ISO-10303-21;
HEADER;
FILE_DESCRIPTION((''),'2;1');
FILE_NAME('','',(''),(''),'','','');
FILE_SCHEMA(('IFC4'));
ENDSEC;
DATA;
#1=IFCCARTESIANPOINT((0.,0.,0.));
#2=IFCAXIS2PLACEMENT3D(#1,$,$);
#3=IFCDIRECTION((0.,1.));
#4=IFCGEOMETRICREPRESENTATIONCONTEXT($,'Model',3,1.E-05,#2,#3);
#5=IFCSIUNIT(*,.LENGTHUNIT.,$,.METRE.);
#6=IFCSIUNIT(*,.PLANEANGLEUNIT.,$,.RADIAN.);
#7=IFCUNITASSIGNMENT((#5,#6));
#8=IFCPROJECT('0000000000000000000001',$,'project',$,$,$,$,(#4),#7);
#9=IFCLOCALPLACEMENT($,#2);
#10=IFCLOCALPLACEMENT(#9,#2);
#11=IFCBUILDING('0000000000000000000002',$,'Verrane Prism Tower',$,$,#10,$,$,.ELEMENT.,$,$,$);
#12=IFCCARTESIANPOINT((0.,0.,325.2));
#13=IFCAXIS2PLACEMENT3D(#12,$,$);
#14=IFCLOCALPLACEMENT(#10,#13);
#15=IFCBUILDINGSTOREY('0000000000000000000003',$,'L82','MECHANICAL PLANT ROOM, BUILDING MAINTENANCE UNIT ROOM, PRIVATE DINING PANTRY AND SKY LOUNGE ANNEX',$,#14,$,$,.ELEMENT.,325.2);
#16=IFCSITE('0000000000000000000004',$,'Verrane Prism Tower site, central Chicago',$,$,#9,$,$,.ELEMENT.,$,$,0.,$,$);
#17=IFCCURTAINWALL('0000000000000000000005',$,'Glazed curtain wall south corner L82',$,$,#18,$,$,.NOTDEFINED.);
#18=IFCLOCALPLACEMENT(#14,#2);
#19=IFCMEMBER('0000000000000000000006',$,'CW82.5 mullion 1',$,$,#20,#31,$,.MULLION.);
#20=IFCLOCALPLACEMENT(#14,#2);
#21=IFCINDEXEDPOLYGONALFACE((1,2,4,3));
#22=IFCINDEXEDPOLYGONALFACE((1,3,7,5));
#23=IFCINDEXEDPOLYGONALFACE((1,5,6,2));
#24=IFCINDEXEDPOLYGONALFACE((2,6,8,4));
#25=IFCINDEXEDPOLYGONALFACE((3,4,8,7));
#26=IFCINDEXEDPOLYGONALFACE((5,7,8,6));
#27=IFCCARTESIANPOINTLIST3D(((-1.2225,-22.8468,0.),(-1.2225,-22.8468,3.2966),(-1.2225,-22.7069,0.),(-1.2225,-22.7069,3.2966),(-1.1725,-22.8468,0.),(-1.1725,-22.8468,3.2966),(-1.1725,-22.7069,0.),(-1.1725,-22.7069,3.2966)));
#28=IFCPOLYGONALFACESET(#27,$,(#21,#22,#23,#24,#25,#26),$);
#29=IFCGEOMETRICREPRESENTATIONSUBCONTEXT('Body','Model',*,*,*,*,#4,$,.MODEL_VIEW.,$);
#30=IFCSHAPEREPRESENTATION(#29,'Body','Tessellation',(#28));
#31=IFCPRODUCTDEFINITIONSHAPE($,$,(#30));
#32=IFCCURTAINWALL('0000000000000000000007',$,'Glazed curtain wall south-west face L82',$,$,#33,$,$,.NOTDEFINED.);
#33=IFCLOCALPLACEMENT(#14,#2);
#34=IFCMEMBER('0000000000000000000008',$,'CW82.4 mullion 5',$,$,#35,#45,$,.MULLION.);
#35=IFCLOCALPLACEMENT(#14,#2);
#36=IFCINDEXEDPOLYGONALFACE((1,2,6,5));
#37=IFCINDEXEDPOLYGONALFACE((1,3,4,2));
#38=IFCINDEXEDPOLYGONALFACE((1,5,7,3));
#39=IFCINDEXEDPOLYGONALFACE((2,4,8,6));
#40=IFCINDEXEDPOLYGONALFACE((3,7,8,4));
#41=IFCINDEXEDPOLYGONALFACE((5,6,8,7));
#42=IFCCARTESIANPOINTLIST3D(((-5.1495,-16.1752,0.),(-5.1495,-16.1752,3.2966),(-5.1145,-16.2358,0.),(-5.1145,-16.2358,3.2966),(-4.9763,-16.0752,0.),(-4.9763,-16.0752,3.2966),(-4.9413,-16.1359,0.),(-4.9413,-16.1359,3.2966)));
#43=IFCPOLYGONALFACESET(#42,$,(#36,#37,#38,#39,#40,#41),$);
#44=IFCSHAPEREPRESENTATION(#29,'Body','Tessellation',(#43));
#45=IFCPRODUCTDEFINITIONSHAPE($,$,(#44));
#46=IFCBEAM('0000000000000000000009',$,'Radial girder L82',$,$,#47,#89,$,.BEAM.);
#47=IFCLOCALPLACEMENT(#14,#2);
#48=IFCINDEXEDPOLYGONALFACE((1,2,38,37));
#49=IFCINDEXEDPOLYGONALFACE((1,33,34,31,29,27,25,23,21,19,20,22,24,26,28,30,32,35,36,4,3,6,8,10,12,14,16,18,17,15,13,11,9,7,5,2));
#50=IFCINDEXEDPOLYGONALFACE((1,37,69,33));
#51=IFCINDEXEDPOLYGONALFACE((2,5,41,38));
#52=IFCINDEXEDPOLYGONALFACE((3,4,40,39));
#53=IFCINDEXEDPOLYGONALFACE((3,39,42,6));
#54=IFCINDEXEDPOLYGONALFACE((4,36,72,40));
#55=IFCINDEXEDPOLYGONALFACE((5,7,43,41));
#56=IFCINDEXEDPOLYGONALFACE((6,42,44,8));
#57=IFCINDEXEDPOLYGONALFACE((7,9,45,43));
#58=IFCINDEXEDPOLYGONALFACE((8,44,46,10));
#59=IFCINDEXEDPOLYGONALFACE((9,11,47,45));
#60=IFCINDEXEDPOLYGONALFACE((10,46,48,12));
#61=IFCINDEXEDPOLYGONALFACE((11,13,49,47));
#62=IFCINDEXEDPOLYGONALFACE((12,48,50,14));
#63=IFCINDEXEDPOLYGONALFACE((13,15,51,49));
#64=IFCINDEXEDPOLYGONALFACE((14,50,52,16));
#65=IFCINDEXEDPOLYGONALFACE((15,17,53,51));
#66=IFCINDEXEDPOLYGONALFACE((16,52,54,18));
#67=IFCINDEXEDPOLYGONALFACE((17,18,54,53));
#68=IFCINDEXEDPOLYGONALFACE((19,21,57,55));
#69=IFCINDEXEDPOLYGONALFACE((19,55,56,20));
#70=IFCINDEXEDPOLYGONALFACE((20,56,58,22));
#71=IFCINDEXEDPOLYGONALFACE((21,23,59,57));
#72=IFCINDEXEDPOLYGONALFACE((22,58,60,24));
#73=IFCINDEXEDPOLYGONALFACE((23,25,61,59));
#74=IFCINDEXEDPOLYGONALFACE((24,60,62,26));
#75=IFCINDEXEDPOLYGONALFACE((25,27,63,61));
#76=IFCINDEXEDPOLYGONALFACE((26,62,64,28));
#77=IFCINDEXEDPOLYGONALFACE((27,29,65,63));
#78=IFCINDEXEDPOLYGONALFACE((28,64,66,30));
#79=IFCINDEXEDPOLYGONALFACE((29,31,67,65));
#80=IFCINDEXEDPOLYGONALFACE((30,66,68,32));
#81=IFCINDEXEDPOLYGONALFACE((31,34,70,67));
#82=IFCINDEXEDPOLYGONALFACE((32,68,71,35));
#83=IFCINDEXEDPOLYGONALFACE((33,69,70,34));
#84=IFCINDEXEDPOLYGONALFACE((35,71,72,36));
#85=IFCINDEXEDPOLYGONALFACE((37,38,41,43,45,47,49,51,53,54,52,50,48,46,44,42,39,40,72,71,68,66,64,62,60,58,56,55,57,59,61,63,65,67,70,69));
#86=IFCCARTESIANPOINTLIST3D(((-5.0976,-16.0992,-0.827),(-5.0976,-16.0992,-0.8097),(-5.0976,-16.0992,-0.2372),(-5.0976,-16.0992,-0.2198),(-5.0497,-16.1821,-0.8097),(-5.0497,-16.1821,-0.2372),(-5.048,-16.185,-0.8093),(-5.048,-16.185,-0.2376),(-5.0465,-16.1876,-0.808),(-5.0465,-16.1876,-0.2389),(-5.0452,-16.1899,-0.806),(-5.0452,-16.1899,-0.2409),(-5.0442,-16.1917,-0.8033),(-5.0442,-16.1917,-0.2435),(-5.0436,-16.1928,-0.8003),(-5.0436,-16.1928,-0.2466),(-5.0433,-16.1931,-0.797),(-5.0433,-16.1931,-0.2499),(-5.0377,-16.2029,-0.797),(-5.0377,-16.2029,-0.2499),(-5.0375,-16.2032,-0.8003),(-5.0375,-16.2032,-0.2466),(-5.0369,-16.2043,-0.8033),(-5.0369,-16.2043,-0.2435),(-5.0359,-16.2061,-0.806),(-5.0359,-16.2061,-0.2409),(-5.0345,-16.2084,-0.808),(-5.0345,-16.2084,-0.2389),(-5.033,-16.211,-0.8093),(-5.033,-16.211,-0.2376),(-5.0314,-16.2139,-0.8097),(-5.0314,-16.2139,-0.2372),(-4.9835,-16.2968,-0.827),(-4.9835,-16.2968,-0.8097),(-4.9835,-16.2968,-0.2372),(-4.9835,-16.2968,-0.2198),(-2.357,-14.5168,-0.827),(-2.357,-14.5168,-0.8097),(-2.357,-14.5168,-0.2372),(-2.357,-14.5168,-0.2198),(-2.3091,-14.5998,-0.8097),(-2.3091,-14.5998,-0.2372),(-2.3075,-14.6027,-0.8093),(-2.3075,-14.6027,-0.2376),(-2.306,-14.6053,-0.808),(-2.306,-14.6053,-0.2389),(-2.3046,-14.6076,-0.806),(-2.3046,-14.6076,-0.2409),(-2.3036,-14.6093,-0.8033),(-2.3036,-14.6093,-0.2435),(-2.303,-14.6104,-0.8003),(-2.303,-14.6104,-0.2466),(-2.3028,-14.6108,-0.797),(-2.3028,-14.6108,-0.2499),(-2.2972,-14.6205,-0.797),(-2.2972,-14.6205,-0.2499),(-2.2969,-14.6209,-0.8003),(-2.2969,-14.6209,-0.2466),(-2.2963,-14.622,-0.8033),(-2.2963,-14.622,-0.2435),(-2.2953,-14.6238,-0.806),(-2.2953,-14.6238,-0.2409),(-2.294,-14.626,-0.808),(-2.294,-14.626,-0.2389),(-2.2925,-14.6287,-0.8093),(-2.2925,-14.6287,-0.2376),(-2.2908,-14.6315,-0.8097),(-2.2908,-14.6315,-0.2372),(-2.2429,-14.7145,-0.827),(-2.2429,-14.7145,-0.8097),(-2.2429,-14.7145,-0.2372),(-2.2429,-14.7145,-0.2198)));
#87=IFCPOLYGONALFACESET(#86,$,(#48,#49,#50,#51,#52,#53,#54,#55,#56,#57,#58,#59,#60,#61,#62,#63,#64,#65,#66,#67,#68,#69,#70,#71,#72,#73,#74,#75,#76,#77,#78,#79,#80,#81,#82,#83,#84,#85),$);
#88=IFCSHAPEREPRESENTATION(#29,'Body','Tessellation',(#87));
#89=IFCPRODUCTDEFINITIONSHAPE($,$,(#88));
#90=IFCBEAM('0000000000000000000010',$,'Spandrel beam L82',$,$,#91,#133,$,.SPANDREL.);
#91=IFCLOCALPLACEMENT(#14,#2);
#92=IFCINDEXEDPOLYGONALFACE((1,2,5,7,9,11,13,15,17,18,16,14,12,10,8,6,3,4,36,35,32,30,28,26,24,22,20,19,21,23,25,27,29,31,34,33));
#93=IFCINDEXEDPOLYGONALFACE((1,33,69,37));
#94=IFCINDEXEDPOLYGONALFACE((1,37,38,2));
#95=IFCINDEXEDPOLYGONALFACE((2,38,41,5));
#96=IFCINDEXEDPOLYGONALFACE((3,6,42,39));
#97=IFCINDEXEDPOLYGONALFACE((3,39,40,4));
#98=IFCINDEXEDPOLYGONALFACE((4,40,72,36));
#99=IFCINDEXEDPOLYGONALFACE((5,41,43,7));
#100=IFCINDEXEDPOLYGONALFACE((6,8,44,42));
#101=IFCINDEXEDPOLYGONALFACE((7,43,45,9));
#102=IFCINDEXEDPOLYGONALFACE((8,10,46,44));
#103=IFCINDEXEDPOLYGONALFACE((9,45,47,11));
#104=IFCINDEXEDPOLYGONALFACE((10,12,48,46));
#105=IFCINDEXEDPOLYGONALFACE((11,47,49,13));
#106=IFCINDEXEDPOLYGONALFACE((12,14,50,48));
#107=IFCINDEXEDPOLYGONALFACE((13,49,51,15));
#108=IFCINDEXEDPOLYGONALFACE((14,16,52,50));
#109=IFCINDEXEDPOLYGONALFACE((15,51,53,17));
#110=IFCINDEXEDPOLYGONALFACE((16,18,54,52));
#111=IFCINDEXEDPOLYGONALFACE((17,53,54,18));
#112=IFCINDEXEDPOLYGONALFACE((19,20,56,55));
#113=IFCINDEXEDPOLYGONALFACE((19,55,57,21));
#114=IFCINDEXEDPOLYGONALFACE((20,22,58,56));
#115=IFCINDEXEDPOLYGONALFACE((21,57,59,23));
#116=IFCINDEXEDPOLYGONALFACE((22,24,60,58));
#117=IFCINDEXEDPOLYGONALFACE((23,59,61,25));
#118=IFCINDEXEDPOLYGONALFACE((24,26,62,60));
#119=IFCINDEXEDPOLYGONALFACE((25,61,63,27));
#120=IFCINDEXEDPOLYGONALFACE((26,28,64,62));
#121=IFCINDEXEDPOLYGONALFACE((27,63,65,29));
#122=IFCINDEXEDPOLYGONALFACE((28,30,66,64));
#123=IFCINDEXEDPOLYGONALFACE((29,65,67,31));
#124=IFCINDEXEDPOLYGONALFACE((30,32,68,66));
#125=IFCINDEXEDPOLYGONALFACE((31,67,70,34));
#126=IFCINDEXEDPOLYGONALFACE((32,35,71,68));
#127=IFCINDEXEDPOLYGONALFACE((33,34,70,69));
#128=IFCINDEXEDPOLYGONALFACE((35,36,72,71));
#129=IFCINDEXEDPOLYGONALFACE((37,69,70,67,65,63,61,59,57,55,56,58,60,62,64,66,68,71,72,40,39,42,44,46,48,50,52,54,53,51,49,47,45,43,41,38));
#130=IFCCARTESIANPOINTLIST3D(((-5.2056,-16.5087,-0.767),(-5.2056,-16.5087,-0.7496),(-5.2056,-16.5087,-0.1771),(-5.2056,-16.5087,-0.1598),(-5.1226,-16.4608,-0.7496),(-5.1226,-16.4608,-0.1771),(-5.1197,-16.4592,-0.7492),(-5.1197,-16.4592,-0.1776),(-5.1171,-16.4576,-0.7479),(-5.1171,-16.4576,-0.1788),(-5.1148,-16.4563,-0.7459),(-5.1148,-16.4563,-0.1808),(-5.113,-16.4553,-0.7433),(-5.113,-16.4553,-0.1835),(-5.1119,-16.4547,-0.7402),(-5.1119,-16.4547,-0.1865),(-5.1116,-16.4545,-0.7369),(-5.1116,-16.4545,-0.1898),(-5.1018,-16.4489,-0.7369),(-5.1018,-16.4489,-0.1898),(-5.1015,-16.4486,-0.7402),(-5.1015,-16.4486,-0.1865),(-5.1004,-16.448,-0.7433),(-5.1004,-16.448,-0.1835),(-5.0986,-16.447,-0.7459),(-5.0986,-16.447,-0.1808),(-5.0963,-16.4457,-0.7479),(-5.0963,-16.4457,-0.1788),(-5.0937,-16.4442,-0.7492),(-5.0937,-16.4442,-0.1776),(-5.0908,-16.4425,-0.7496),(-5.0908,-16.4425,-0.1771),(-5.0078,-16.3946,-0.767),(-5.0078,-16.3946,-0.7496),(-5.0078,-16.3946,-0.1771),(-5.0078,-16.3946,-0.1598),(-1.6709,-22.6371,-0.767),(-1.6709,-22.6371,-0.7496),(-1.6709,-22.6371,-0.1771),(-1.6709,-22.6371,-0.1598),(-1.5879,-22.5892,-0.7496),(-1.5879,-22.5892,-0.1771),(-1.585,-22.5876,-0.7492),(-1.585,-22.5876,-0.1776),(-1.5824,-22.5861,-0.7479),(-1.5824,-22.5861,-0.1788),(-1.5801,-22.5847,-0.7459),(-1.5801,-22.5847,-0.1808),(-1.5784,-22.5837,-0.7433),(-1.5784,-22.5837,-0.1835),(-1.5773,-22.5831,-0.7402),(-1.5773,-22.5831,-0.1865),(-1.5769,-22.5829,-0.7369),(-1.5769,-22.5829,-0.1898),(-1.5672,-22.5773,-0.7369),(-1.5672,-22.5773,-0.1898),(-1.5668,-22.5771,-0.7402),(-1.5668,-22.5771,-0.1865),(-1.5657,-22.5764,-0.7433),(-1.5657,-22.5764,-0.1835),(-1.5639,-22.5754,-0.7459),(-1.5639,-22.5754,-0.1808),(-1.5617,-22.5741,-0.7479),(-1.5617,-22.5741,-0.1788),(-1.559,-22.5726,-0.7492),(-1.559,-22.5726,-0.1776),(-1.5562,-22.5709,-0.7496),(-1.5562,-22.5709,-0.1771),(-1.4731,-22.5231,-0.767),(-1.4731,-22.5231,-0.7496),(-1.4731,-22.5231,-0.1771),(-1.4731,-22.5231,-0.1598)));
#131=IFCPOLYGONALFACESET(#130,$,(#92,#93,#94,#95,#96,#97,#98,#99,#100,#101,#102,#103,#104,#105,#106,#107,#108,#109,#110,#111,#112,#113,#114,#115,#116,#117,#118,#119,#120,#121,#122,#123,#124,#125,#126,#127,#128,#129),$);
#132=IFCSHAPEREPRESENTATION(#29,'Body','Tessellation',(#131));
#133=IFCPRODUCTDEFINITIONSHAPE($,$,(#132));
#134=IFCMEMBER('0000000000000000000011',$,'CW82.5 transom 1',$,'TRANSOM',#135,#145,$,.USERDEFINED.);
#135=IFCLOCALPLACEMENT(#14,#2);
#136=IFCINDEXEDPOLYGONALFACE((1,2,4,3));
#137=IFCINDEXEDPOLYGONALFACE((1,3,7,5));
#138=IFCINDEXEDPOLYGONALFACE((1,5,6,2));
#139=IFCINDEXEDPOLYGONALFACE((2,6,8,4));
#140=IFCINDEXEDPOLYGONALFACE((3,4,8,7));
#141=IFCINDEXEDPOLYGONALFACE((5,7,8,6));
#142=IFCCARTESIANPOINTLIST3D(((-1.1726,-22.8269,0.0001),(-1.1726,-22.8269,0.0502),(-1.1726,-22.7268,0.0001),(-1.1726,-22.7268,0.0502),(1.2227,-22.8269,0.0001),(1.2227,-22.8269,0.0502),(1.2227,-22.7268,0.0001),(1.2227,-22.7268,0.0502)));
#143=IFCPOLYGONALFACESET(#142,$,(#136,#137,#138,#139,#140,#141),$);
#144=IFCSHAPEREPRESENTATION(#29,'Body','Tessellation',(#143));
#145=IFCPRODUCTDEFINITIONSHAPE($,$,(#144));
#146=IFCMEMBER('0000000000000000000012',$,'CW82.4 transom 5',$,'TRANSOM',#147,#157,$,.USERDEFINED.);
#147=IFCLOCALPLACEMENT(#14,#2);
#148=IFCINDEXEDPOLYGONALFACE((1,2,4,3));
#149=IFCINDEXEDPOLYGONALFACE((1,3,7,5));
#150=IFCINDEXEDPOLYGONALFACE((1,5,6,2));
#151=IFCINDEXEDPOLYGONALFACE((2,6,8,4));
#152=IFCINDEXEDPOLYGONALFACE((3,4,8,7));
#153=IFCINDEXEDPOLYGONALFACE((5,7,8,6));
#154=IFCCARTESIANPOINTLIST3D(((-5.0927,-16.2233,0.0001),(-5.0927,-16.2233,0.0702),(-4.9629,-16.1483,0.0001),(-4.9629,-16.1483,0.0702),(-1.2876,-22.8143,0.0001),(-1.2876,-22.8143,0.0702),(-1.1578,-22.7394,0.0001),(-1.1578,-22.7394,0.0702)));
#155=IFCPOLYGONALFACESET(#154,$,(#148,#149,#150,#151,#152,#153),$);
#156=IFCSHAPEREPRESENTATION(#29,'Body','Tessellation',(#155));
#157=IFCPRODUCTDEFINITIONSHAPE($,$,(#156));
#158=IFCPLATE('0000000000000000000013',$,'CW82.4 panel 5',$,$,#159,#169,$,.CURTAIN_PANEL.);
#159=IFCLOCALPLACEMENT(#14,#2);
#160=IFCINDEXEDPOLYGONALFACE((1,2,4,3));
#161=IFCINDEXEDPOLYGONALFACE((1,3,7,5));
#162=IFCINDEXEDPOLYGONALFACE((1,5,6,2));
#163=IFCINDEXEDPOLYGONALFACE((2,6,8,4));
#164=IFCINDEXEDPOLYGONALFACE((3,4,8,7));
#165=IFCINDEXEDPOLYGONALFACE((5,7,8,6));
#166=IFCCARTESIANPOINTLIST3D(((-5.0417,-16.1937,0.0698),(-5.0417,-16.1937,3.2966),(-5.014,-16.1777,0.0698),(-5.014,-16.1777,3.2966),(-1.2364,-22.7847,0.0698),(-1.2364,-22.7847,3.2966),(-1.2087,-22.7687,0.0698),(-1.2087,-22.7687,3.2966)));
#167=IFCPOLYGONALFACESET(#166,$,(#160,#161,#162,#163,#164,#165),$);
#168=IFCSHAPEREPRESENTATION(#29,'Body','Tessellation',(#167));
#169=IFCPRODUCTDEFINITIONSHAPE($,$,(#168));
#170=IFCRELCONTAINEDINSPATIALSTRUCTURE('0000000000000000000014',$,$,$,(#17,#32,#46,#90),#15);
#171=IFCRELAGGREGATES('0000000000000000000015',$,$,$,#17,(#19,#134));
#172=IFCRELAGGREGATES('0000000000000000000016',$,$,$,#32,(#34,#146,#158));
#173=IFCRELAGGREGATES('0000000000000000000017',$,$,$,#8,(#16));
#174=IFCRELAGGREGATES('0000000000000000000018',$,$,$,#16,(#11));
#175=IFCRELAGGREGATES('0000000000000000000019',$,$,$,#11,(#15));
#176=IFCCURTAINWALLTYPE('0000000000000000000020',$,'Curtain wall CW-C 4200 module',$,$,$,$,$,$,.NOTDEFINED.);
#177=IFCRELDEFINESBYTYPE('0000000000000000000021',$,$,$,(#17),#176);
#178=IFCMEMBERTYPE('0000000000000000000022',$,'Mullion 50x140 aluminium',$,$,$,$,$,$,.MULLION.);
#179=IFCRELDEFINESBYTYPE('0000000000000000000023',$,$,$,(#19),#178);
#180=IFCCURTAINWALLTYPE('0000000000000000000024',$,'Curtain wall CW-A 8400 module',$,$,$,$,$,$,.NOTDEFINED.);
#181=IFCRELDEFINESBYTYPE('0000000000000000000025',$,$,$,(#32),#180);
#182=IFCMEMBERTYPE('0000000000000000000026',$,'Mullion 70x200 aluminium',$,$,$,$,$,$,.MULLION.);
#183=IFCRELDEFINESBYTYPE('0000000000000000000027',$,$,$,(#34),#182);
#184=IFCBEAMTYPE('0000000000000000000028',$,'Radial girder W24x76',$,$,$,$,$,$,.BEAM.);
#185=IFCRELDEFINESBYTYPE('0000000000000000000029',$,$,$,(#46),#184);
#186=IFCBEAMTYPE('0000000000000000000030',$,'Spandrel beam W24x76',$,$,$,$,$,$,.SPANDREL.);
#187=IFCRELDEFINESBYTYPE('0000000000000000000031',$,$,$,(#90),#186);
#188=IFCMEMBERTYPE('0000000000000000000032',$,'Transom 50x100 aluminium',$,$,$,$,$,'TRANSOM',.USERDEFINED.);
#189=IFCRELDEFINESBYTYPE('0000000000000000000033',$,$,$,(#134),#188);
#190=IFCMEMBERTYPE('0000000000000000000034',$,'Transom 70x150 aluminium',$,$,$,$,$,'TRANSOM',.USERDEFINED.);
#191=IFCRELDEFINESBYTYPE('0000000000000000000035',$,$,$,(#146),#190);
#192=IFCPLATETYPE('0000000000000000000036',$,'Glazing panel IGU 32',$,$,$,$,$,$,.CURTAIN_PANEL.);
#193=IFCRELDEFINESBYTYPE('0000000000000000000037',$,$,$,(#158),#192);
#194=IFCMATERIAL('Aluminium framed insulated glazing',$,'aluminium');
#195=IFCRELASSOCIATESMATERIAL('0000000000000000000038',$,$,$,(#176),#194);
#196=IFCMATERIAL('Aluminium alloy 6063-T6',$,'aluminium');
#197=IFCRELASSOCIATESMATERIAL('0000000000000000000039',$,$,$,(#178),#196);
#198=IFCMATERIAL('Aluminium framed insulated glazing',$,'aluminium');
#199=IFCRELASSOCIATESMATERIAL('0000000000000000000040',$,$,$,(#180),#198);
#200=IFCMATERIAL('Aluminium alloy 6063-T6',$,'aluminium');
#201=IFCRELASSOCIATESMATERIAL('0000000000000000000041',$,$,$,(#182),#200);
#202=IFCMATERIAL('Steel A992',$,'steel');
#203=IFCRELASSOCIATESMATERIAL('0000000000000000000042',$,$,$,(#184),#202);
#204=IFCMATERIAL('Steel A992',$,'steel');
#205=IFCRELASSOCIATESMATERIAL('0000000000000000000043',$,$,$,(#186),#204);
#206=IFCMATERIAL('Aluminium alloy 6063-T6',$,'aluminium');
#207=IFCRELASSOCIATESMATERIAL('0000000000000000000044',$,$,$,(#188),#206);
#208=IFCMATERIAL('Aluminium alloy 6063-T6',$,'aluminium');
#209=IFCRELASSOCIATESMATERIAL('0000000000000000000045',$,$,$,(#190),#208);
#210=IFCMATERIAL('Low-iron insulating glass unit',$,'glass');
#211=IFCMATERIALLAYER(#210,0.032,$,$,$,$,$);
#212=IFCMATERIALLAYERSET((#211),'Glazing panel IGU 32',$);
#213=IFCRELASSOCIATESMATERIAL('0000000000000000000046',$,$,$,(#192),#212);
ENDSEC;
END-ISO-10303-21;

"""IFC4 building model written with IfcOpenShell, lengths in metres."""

from ifc_helpers import new_model, si_unit, direction, frame, origin, origin_2d, place, context, subcontext, project, spatial, rectangle, i_section, extrude, material, layer, layer_set, material_profile, profile_set, type_object, element, aggregate, save


model = new_model("IFC4")

# Units and contexts
model_context = context("Model", 3, precision=1e-05, world=origin(), true_north=direction((0.0, 1.0)))
body_context = subcontext(model_context, "Body", "Model", "MODEL_VIEW")
ifc_project = project(units=[si_unit("LENGTHUNIT", "METRE"), si_unit("PLANEANGLEUNIT", "RADIAN")], contexts=[model_context])

# Site, building, storey
site_placement = place(None, origin())
site = spatial("IfcSite", under=ifc_project, at=site_placement, Name="Verrane Prism Tower site, central Chicago", CompositionType="ELEMENT", RefElevation=0.0)
building_placement = place(site_placement, origin())
building = spatial("IfcBuilding", under=site, at=building_placement, Name="Verrane Prism Tower", CompositionType="ELEMENT")
storey_placement = place(building_placement, frame((0.0, 0.0, 325.2)))
storey = spatial("IfcBuildingStorey", under=building, at=storey_placement, Name="L82", Description="MECHANICAL PLANT ROOM, BUILDING MAINTENANCE UNIT ROOM, PRIVATE DINING PANTRY AND SKY LOUNGE ANNEX", CompositionType="ELEMENT", Elevation=325.2)

# Curtain walls, members
ifc_material_1 = material(Name="Aluminium framed insulated glazing", Category="aluminium")
curtain_wall_type_1 = type_object("IfcCurtainWallType", Name="Curtain wall CW-C 4200 module", PredefinedType="NOTDEFINED", material=ifc_material_1)
curtain_wall_1_placement = place(storey_placement, origin())
curtain_wall_1 = element("IfcCurtainWall", 1, at=curtain_wall_1_placement, inside=storey, type_object=curtain_wall_type_1, Name="Glazed curtain wall south corner L82", PredefinedType="NOTDEFINED")
ifc_material_2 = material(Name="Aluminium alloy 6063-T6", Category="aluminium")
ifc_material_profile_1 = material_profile(ifc_material_2, rectangle(XDim=0.1399, YDim=0.05, at=origin_2d()), Name="Mullion 50x140 aluminium")
ifc_profile_set_1 = profile_set([ifc_material_profile_1], Name="Aluminium alloy 6063-T6")
member_type_1 = type_object("IfcMemberType", Name="Mullion 50x140 aluminium", PredefinedType="MULLION", material=ifc_profile_set_1)
member_1_placement = place(storey_placement, frame((-1.1975, -22.7769, 0.0), z_axis=(0.0, 0.0, 1.0), x_axis=(0.0, 1.0, 0.0)))
member_1 = element("IfcMember", 2, at=member_1_placement, type_object=member_type_1, Name="CW82.5 mullion 1", PredefinedType="MULLION", context=body_context, shape_type="SweptSolid", body=[
    extrude(rectangle(XDim=0.1399, YDim=0.05, at=origin_2d()), origin(), (0.0, 0.0, 1.0), 3.2966),
])
ifc_material_3 = material(Name="Aluminium framed insulated glazing", Category="aluminium")
curtain_wall_type_2 = type_object("IfcCurtainWallType", Name="Curtain wall CW-A 8400 module", PredefinedType="NOTDEFINED", material=ifc_material_3)
curtain_wall_2_placement = place(storey_placement, origin())
curtain_wall_2 = element("IfcCurtainWall", 3, at=curtain_wall_2_placement, inside=storey, type_object=curtain_wall_type_2, Name="Glazed curtain wall south-west face L82", PredefinedType="NOTDEFINED")
ifc_material_4 = material(Name="Aluminium alloy 6063-T6", Category="aluminium")
ifc_material_profile_2 = material_profile(ifc_material_4, rectangle(XDim=0.2, YDim=0.0701, at=origin_2d()), Name="Mullion 70x200 aluminium")
ifc_profile_set_2 = profile_set([ifc_material_profile_2], Name="Aluminium alloy 6063-T6")
member_type_2 = type_object("IfcMemberType", Name="Mullion 70x200 aluminium", PredefinedType="MULLION", material=ifc_profile_set_2)
member_2_placement = place(storey_placement, frame((-5.0454, -16.1555, 0.0), z_axis=(0.0, 0.0, 1.0), x_axis=(0.866025, 0.5, 0.0)))
member_2 = element("IfcMember", 4, at=member_2_placement, type_object=member_type_2, Name="CW82.4 mullion 5", PredefinedType="MULLION", context=body_context, shape_type="SweptSolid", body=[
    extrude(rectangle(XDim=0.2, YDim=0.0701, at=origin_2d()), origin(), (0.0, 0.0, 1.0), 3.2966),
])

# Beams
ifc_material_5 = material(Name="Steel A992", Category="steel")
ifc_material_profile_3 = material_profile(ifc_material_5, i_section(OverallWidth=0.2283, OverallDepth=0.6072, WebThickness=0.0112, FlangeThickness=0.0173, FilletRadius=0.0127, at=origin_2d()), Name="W24x76")
ifc_profile_set_3 = profile_set([ifc_material_profile_3], Name="Steel A992")
beam_type_1 = type_object("IfcBeamType", Name="Radial girder W24x76", PredefinedType="BEAM", material=ifc_profile_set_3)
beam_1_placement = place(storey_placement, frame((-5.0405, -16.198, -0.5234), z_axis=(0.866017, 0.500014, 0.0), x_axis=(-0.500014, 0.866017, 0.0)))
element("IfcBeam", 5, at=beam_1_placement, inside=storey, type_object=beam_type_1, Name="Radial girder L82", PredefinedType="BEAM", context=body_context, shape_type="SweptSolid", body=[
    extrude(i_section(OverallWidth=0.2283, OverallDepth=0.6072, WebThickness=0.0112, FlangeThickness=0.0173, FilletRadius=0.0127, at=origin_2d()), origin(), (0.0, 0.0, 1.0), 3.1646),
])
ifc_material_6 = material(Name="Steel A992", Category="steel")
ifc_material_profile_4 = material_profile(ifc_material_6, i_section(OverallWidth=0.2283, OverallDepth=0.6072, WebThickness=0.0112, FlangeThickness=0.0173, FilletRadius=0.0127, at=origin_2d()), Name="W24x76")
ifc_profile_set_4 = profile_set([ifc_material_profile_4], Name="Steel A992")
beam_type_2 = type_object("IfcBeamType", Name="Spandrel beam W24x76", PredefinedType="SPANDREL", material=ifc_profile_set_4)
beam_2_placement = place(storey_placement, frame((-5.1067, -16.4517, -0.4634), z_axis=(0.499621, -0.866244, 0.0), x_axis=(0.866244, 0.499621, 0.0)))
element("IfcBeam", 6, at=beam_2_placement, inside=storey, type_object=beam_type_2, Name="Spandrel beam L82", PredefinedType="SPANDREL", context=body_context, shape_type="SweptSolid", body=[
    extrude(i_section(OverallWidth=0.2283, OverallDepth=0.6072, WebThickness=0.0112, FlangeThickness=0.0173, FilletRadius=0.0127, at=origin_2d()), origin(), (0.0, 0.0, 1.0), 7.0747),
])

# Members
ifc_material_7 = material(Name="Aluminium alloy 6063-T6", Category="aluminium")
ifc_material_profile_5 = material_profile(ifc_material_7, rectangle(XDim=0.1001, YDim=0.05, at=origin_2d()), Name="Transom 50x100 aluminium")
ifc_profile_set_5 = profile_set([ifc_material_profile_5], Name="Aluminium alloy 6063-T6")
member_type_3 = type_object("IfcMemberType", Name="Transom 50x100 aluminium", ElementType="TRANSOM", PredefinedType="USERDEFINED", material=ifc_profile_set_5)
member_3_placement = place(storey_placement, frame((-1.1726, -22.7769, 0.0251), z_axis=(1.0, 0.0, 0.0), x_axis=(0.0, 1.0, 0.0)))
member_3 = element("IfcMember", 7, at=member_3_placement, type_object=member_type_3, Name="CW82.5 transom 1", ObjectType="TRANSOM", PredefinedType="USERDEFINED", context=body_context, shape_type="SweptSolid", body=[
    extrude(rectangle(XDim=0.1001, YDim=0.05, at=origin_2d()), origin(), (0.0, 0.0, 1.0), 2.3953),
])
aggregate(curtain_wall_1, [member_1, member_3])
ifc_material_8 = material(Name="Aluminium alloy 6063-T6", Category="aluminium")
ifc_material_profile_6 = material_profile(ifc_material_8, rectangle(XDim=0.1499, YDim=0.0701, at=origin_2d()), Name="Transom 70x150 aluminium")
ifc_profile_set_6 = profile_set([ifc_material_profile_6], Name="Aluminium alloy 6063-T6")
member_type_4 = type_object("IfcMemberType", Name="Transom 70x150 aluminium", ElementType="TRANSOM", PredefinedType="USERDEFINED", material=ifc_profile_set_6)
member_4_placement = place(storey_placement, frame((-5.0278, -16.1858, 0.0352), z_axis=(0.499983, -0.866035, 0.0), x_axis=(0.866035, 0.499983, 0.0)))
member_4 = element("IfcMember", 8, at=member_4_placement, type_object=member_type_4, Name="CW82.4 transom 5", ObjectType="TRANSOM", PredefinedType="USERDEFINED", context=body_context, shape_type="SweptSolid", body=[
    extrude(rectangle(XDim=0.1499, YDim=0.0701, at=origin_2d()), origin(), (0.0, 0.0, 1.0), 7.6106),
])

# Plate
ifc_material_9 = material(Name="Low-iron insulating glass unit", Category="glass")
ifc_layer_1 = layer(ifc_material_9, 0.032)
ifc_layer_set_1 = layer_set([ifc_layer_1], Name="Glazing panel IGU 32")
plate_type = type_object("IfcPlateType", Name="Glazing panel IGU 32", PredefinedType="CURTAIN_PANEL", material=ifc_layer_set_1)
plate_placement = place(storey_placement, frame((-3.1252, -19.4812, 0.0698), z_axis=(0.0, 0.0, 1.0), x_axis=(0.5, -0.866025, 0.0)))
plate = element("IfcPlate", 9, at=plate_placement, type_object=plate_type, Name="CW82.4 panel 5", PredefinedType="CURTAIN_PANEL", context=body_context, shape_type="SweptSolid", body=[
    extrude(rectangle(XDim=7.6106, YDim=0.032, at=origin_2d()), origin(), (0.0, 0.0, 1.0), 3.2268),
])
aggregate(curtain_wall_2, [member_2, member_4, plate])

save(model, "model.ifc")
